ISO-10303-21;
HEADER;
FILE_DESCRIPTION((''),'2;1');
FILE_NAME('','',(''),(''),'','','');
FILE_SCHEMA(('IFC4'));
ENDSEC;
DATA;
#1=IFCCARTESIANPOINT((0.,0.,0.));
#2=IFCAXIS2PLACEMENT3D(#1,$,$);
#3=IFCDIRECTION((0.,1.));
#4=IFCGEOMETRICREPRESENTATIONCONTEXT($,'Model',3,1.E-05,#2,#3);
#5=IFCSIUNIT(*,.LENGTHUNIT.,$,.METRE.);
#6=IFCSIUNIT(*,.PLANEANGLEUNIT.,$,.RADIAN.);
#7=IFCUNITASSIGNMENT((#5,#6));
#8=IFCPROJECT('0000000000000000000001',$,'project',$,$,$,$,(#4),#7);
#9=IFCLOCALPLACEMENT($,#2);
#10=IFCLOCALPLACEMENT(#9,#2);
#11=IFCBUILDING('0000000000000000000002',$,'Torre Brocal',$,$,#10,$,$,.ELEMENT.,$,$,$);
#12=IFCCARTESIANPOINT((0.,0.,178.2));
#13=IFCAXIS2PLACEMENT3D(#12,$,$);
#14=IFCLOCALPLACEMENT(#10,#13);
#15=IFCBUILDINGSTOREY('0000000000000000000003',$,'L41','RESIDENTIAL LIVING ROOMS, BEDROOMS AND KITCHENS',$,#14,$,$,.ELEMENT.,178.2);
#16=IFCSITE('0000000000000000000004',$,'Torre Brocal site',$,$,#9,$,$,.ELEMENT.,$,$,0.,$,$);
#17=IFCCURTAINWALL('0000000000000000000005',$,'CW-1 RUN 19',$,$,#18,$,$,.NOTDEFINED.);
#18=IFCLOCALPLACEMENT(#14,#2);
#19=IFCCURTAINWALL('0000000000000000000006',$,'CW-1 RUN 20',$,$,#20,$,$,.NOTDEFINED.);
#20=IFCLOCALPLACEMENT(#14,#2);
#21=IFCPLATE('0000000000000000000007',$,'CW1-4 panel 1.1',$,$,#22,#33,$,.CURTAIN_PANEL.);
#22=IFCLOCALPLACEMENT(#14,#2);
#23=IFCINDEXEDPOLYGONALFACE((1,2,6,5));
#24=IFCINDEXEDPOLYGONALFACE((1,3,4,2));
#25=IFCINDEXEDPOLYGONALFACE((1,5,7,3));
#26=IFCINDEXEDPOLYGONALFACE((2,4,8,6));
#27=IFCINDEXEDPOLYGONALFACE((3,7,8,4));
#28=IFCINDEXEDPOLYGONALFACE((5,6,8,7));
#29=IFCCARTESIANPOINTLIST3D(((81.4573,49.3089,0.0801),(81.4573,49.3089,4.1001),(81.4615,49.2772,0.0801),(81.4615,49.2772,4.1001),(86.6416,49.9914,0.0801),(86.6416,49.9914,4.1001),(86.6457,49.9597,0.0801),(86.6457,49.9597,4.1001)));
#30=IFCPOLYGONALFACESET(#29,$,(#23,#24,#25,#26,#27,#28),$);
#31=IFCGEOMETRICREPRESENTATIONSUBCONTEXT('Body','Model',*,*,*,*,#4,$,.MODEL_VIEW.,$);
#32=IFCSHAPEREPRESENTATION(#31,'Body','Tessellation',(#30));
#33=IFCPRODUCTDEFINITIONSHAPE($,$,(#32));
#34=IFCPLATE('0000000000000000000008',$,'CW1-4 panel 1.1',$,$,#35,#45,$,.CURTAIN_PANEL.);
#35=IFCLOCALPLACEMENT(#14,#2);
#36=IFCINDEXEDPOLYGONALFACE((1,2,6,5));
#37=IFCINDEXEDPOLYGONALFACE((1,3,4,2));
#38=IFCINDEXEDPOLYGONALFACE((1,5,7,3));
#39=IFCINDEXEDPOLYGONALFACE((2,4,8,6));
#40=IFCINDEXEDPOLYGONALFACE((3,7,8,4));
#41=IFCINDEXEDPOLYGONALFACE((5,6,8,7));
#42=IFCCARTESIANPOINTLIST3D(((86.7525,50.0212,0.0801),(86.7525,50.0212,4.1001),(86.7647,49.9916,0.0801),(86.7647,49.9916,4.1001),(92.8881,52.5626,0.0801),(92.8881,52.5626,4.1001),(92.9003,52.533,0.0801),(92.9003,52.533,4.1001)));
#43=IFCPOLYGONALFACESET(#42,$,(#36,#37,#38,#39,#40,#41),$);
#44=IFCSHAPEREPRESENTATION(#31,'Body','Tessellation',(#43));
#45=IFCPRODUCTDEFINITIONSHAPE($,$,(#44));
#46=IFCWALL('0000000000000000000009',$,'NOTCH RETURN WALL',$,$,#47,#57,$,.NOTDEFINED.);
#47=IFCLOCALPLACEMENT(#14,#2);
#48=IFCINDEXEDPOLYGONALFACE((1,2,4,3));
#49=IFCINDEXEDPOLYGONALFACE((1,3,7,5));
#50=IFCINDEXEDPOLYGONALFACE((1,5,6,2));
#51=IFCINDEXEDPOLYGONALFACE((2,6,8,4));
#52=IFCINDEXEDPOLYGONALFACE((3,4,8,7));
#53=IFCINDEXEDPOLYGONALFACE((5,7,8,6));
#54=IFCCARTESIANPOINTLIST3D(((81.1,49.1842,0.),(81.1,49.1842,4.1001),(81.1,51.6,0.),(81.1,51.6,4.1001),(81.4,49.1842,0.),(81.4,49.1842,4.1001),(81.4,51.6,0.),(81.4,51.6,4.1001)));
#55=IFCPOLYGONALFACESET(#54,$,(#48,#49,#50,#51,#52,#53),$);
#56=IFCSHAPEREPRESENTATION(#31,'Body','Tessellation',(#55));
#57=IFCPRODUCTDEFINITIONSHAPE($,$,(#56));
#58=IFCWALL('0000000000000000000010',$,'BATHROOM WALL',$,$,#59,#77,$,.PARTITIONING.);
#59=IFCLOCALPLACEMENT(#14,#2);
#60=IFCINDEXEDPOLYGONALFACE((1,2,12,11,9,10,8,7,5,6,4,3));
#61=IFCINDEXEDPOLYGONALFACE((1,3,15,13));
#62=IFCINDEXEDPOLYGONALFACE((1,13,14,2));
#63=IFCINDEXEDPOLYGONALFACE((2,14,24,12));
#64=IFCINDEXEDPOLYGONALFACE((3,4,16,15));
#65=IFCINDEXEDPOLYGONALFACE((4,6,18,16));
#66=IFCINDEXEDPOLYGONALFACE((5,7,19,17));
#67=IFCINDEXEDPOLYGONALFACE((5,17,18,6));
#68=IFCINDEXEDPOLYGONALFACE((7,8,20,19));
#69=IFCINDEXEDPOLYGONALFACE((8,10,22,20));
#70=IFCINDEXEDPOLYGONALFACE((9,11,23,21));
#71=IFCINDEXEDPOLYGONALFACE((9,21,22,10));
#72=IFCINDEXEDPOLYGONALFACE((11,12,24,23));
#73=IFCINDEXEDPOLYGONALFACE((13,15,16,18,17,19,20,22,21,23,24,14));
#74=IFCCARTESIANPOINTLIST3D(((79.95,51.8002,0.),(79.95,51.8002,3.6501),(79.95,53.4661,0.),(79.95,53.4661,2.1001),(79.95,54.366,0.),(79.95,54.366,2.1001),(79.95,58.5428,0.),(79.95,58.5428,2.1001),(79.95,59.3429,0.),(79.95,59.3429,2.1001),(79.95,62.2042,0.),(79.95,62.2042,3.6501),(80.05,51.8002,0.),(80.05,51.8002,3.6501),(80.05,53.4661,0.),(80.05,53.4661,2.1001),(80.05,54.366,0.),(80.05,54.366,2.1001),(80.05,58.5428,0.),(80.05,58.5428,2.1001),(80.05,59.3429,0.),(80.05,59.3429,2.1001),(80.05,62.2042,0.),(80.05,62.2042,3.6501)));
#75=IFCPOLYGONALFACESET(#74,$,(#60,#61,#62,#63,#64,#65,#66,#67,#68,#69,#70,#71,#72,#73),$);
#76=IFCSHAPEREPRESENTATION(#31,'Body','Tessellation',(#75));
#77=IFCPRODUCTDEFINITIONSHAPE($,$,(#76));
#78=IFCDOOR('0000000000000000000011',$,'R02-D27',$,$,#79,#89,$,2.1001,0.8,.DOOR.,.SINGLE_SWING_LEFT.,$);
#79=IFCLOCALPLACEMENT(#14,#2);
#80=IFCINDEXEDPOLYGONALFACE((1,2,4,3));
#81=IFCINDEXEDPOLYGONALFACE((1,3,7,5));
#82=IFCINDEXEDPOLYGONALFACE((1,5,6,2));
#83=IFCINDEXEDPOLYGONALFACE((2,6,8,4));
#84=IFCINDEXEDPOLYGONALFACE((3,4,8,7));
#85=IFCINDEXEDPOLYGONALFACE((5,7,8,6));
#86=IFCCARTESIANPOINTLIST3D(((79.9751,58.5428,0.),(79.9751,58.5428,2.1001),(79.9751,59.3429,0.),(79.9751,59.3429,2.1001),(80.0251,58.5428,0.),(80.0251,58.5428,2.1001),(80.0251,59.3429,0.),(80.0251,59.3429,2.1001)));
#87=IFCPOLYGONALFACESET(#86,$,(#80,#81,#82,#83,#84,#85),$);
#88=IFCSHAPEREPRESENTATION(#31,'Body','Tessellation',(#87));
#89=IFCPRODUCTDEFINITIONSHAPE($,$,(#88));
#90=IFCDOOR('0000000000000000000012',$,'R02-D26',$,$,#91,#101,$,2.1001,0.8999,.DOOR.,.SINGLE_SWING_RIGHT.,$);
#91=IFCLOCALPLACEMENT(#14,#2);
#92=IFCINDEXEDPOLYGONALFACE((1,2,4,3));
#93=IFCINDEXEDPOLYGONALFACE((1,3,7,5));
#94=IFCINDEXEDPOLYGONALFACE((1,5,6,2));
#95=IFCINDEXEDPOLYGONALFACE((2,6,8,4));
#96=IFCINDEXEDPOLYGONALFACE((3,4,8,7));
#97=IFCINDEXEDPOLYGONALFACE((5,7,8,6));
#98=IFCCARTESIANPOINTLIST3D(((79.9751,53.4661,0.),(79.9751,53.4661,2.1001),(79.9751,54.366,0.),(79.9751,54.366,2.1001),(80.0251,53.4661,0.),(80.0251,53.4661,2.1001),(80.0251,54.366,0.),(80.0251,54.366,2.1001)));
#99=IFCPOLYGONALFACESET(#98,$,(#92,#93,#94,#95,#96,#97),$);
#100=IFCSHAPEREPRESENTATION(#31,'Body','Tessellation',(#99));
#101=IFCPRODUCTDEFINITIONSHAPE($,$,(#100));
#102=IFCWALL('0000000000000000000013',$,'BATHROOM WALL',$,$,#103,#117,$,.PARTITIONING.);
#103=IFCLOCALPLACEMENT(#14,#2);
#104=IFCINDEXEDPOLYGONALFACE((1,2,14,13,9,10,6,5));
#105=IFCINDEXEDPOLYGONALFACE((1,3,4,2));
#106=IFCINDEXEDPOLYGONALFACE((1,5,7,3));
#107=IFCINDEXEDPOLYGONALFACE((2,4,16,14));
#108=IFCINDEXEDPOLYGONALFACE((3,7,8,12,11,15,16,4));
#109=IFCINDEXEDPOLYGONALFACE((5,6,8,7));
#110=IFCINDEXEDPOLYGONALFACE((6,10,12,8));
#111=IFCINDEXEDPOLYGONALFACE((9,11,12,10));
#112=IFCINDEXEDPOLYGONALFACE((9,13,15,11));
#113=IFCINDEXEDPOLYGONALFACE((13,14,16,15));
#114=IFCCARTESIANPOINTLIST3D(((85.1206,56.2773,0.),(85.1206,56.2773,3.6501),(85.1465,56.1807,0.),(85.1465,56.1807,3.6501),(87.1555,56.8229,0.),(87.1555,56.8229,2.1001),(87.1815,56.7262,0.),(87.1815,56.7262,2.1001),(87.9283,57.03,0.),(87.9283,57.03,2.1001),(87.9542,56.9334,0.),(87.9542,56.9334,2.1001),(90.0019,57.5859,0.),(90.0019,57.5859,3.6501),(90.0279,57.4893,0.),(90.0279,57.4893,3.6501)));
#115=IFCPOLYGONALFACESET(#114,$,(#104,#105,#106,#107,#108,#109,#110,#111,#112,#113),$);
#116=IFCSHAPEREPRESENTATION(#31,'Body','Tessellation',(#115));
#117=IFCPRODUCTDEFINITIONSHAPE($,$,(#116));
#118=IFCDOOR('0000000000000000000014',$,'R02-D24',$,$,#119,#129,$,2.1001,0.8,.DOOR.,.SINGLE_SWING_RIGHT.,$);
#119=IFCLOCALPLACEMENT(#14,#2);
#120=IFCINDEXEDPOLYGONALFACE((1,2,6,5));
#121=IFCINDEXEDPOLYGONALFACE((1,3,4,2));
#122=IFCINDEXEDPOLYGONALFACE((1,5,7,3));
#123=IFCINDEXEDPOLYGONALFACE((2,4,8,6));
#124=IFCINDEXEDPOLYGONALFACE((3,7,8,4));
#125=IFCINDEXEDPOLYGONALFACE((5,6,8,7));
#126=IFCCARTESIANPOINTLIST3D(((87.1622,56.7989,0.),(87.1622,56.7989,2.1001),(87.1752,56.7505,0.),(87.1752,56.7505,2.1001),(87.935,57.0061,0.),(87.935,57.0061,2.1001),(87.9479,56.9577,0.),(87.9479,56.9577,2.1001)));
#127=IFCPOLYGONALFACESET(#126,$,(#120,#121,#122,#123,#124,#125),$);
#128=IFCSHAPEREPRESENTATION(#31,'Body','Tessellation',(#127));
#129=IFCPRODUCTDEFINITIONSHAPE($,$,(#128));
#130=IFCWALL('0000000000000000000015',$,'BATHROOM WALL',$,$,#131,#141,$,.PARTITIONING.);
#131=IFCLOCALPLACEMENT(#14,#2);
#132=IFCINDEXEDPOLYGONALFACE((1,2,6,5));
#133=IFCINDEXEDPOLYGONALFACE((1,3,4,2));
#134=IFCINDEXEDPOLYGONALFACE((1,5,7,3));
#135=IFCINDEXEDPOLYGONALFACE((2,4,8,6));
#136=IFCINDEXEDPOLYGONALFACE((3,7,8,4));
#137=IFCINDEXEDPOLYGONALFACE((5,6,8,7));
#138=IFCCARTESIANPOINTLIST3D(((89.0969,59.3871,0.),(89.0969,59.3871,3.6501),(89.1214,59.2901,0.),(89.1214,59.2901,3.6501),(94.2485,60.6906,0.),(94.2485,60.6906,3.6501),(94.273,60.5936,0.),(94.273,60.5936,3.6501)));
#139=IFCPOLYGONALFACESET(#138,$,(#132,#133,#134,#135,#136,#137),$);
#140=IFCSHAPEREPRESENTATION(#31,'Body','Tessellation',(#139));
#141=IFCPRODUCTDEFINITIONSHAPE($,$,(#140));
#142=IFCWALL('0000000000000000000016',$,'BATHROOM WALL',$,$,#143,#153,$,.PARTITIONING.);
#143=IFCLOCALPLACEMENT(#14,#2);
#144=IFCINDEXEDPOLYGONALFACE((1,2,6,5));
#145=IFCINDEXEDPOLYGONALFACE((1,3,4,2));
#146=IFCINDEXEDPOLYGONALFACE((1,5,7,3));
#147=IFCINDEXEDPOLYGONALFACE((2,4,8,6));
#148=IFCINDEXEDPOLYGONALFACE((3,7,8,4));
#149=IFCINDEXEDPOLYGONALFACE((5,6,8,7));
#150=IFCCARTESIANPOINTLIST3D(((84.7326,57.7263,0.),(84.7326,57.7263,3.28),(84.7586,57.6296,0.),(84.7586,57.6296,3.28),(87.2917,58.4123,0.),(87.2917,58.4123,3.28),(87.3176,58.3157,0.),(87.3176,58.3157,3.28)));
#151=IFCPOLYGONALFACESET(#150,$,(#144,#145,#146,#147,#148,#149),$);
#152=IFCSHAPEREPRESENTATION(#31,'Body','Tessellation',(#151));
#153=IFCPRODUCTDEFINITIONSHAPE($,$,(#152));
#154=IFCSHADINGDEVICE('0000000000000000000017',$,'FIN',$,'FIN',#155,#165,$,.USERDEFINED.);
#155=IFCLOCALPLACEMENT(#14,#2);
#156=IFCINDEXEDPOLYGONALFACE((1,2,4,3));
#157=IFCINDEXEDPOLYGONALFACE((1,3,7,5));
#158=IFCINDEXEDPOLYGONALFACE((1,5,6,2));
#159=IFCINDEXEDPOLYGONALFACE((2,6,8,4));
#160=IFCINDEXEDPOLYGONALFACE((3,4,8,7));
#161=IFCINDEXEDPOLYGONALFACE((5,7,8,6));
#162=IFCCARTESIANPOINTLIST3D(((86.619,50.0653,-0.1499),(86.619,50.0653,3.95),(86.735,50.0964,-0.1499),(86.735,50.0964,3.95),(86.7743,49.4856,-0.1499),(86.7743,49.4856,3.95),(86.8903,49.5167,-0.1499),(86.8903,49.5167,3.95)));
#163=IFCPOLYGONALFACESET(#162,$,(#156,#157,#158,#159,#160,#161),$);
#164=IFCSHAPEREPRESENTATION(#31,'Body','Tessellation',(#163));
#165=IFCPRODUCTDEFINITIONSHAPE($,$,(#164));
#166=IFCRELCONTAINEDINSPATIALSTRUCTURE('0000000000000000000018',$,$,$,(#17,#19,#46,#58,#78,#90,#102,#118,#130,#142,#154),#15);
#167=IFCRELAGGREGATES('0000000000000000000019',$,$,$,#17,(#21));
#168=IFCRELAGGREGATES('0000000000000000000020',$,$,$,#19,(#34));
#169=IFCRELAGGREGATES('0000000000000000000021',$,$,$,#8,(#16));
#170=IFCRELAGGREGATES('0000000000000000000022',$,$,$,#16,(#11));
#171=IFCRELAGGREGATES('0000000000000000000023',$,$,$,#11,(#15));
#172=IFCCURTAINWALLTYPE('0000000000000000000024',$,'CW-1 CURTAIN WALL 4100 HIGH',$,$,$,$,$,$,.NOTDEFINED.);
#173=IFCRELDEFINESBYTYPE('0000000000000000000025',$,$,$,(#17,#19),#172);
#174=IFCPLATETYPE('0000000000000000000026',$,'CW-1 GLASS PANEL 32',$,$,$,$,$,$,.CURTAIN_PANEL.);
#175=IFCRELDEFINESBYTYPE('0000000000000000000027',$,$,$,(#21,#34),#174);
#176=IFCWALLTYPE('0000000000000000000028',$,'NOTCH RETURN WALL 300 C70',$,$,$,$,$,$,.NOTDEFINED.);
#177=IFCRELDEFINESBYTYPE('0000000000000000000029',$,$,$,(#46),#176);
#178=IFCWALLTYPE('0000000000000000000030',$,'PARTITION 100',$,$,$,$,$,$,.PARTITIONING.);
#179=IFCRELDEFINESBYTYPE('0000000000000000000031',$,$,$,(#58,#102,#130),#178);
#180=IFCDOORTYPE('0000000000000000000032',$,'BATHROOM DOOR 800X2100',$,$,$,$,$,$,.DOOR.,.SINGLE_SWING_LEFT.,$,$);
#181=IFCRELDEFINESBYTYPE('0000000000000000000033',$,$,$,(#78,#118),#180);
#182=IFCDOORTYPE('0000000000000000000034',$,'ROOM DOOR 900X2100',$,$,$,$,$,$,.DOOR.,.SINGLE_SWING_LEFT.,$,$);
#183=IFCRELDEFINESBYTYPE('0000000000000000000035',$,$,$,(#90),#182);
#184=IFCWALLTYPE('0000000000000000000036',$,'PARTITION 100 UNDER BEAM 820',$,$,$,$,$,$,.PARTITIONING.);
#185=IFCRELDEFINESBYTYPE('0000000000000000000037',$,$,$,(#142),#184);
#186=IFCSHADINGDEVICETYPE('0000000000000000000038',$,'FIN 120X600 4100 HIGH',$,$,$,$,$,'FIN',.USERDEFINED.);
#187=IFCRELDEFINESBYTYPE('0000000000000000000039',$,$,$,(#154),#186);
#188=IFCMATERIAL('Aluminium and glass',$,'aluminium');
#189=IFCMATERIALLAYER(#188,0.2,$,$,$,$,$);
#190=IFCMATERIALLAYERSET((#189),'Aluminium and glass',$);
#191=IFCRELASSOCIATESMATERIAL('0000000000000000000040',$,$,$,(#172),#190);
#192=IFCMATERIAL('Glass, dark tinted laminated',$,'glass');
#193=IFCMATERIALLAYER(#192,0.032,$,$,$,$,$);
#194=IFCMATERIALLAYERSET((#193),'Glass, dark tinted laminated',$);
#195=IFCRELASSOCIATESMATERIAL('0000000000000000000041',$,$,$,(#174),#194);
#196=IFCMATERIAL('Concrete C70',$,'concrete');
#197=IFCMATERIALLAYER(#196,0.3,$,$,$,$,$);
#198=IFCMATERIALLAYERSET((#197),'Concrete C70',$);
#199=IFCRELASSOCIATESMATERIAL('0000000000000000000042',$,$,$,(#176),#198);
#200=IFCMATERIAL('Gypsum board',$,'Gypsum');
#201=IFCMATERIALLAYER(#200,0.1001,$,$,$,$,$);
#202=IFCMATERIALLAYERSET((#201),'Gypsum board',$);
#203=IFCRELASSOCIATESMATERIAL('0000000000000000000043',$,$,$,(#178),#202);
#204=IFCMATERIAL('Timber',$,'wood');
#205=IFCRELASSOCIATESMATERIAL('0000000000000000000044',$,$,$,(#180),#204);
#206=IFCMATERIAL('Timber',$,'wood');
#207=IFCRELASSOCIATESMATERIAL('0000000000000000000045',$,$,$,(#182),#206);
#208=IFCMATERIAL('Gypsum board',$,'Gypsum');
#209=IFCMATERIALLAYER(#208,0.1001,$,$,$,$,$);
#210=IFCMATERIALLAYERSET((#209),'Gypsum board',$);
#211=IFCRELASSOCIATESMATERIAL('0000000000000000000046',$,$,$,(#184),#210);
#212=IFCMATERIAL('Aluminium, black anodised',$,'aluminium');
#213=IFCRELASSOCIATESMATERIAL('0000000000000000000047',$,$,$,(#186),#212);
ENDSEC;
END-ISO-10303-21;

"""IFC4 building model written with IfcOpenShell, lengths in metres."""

from ifc_helpers import new_model, si_unit, direction, frame, frame_2d, origin, origin_2d, place, context, subcontext, project, spatial, rectangle, extrude, material, layer, layer_set, material_profile, profile_set, type_object, element, fill, aggregate, save


model = new_model("IFC4")

# Units and contexts
model_context = context("Model", 3, precision=1e-05, world=origin(), true_north=direction((0.0, 1.0)))
body_context = subcontext(model_context, "Body", "Model", "MODEL_VIEW")
ifc_project = project(units=[si_unit("LENGTHUNIT", "METRE"), si_unit("PLANEANGLEUNIT", "RADIAN")], contexts=[model_context])

# Site, building, storey
site_placement = place(None, origin())
site = spatial("IfcSite", under=ifc_project, at=site_placement, Name="Torre Brocal site", CompositionType="ELEMENT", RefElevation=0.0)
building_placement = place(site_placement, origin())
building = spatial("IfcBuilding", under=site, at=building_placement, Name="Torre Brocal", CompositionType="ELEMENT")
storey_placement = place(building_placement, frame((0.0, 0.0, 178.2)))
storey = spatial("IfcBuildingStorey", under=building, at=storey_placement, Name="L41", Description="RESIDENTIAL LIVING ROOMS, BEDROOMS AND KITCHENS", CompositionType="ELEMENT", Elevation=178.2)

# Curtain wall
ifc_material_1 = material(Name="Aluminium and glass", Category="aluminium")
ifc_layer_1 = layer(ifc_material_1, 0.2)
ifc_layer_set_1 = layer_set([ifc_layer_1], Name="Aluminium and glass")
curtain_wall_type = type_object("IfcCurtainWallType", Name="CW-1 CURTAIN WALL 4100 HIGH", PredefinedType="NOTDEFINED", material=ifc_layer_set_1)
curtain_wall_1_placement = place(storey_placement, origin())
curtain_wall_1 = element("IfcCurtainWall", 1, at=curtain_wall_1_placement, inside=storey, type_object=curtain_wall_type, Name="CW-1 RUN 19", PredefinedType="NOTDEFINED")

# Curtain wall
curtain_wall_2_placement = place(storey_placement, origin())
curtain_wall_2 = element("IfcCurtainWall", 2, at=curtain_wall_2_placement, inside=storey, type_object=curtain_wall_type, Name="CW-1 RUN 20", PredefinedType="NOTDEFINED")

# Plates
ifc_material_2 = material(Name="Glass, dark tinted laminated", Category="glass")
ifc_layer_2 = layer(ifc_material_2, 0.032)
ifc_layer_set_2 = layer_set([ifc_layer_2], Name="Glass, dark tinted laminated")
plate_type = type_object("IfcPlateType", Name="CW-1 GLASS PANEL 32", PredefinedType="CURTAIN_PANEL", material=ifc_layer_set_2)
plate_1_placement = place(storey_placement, frame((84.0515, 49.6343, 0.0801), z_axis=(0.0, 0.0, 1.0), x_axis=(0.991445, 0.130526, 0.0)))
plate_1 = element("IfcPlate", 3, at=plate_1_placement, type_object=plate_type, Name="CW1-4 panel 1.1", PredefinedType="CURTAIN_PANEL", context=body_context, shape_type="SweptSolid", body=[
    extrude(rectangle(XDim=5.229, YDim=0.032, at=origin_2d()), origin(), (0.0, 0.0, 1.0), 4.02),
])
aggregate(curtain_wall_1, [plate_1])
plate_2_placement = place(storey_placement, frame((89.8264, 51.2771, 0.0801), z_axis=(0.0, 0.0, 1.0), x_axis=(0.92388, 0.382683, 0.0)))
plate_2 = element("IfcPlate", 4, at=plate_2_placement, type_object=plate_type, Name="CW1-4 panel 1.1", PredefinedType="CURTAIN_PANEL", context=body_context, shape_type="SweptSolid", body=[
    extrude(rectangle(XDim=6.6411, YDim=0.032, at=origin_2d()), origin(), (0.0, 0.0, 1.0), 4.02),
])
aggregate(curtain_wall_2, [plate_2])

# Wall
ifc_material_3 = material(Name="Concrete C70", Category="concrete")
ifc_layer_3 = layer(ifc_material_3, 0.3)
ifc_layer_set_3 = layer_set([ifc_layer_3], Name="Concrete C70")
wall_type_1 = type_object("IfcWallType", Name="NOTCH RETURN WALL 300 C70", PredefinedType="NOTDEFINED", material=ifc_layer_set_3)
wall_1_placement = place(storey_placement, frame((81.25, 51.6001, 0.0), z_axis=(0.0, 0.0, 1.0), x_axis=(0.0, -1.0, 0.0)))
element("IfcWall", 5, at=wall_1_placement, inside=storey, type_object=wall_type_1, Name="NOTCH RETURN WALL", PredefinedType="NOTDEFINED", context=body_context, shape_type="SweptSolid", body=[
    extrude(rectangle(XDim=2.4158, YDim=0.3, at=frame_2d((1.208, 0.0))), origin(), (0.0, 0.0, 1.0), 4.1001),
])

# Wall, openings, doors
ifc_material_4 = material(Name="Gypsum board", Category="Gypsum")
ifc_layer_4 = layer(ifc_material_4, 0.1001)
ifc_layer_set_4 = layer_set([ifc_layer_4], Name="Gypsum board")
wall_type_2 = type_object("IfcWallType", Name="PARTITION 100", PredefinedType="PARTITIONING", material=ifc_layer_set_4)
wall_2_placement = place(storey_placement, frame((80.0, 51.8, 0.0), z_axis=(0.0, 0.0, 1.0), x_axis=(0.0, 1.0, 0.0)))
wall_2 = element("IfcWall", 6, at=wall_2_placement, inside=storey, type_object=wall_type_2, Name="BATHROOM WALL", PredefinedType="PARTITIONING", context=body_context, shape_type="SweptSolid", body=[
    extrude(rectangle(XDim=10.4041, YDim=0.1001, at=frame_2d((5.2021, 0.0))), origin(), (0.0, 0.0, 1.0), 3.6501),
])
opening_1_placement = place(wall_2_placement, frame((1.666, 0.0, 0.0)))
opening_1 = element("IfcOpeningElement", 7, at=opening_1_placement, cuts=wall_2, PredefinedType="OPENING", context=body_context, shape_type="SweptSolid", body=[
    extrude(rectangle(XDim=0.8999, YDim=2.1001, at=frame_2d((0.45, 1.05))), frame((0.0, 0.0601, 0.0), z_axis=(0.0, -1.0, 0.0), x_axis=(1.0, 0.0, 0.0)), (0.0, 0.0, 1.0), 0.1201),
])
opening_2_placement = place(wall_2_placement, frame((6.7429, 0.0, 0.0)))
opening_2 = element("IfcOpeningElement", 8, at=opening_2_placement, cuts=wall_2, PredefinedType="OPENING", context=body_context, shape_type="SweptSolid", body=[
    extrude(rectangle(XDim=0.8, YDim=2.1001, at=frame_2d((0.3999, 1.05))), frame((0.0, 0.0601, 0.0), z_axis=(0.0, -1.0, 0.0), x_axis=(1.0, 0.0, 0.0)), (0.0, 0.0, 1.0), 0.1201),
])
ifc_material_5 = material(Name="Timber", Category="wood")
door_type_1 = type_object("IfcDoorType", Name="BATHROOM DOOR 800X2100", OperationType="SINGLE_SWING_LEFT", PredefinedType="DOOR", material=ifc_material_5)
door_1_placement = place(opening_2_placement, origin())
door_1 = element("IfcDoor", 9, at=door_1_placement, inside=storey, type_object=door_type_1, Name="R02-D27", OperationType="SINGLE_SWING_LEFT", OverallHeight=2.1001, OverallWidth=0.8, PredefinedType="DOOR", context=body_context, shape_type="SweptSolid", body=[
    extrude(rectangle(XDim=0.8, YDim=2.1001, at=frame_2d((0.3999, 1.05))), frame((0.0, 0.0249, 0.0), z_axis=(0.0, -1.0, 0.0), x_axis=(1.0, 0.0, 0.0)), (0.0, 0.0, 1.0), 0.05),
])
fill(opening_2, door_1)
ifc_material_6 = material(Name="Timber", Category="wood")
door_type_2 = type_object("IfcDoorType", Name="ROOM DOOR 900X2100", OperationType="SINGLE_SWING_LEFT", PredefinedType="DOOR", material=ifc_material_6)
door_2_placement = place(opening_1_placement, origin())
door_2 = element("IfcDoor", 10, at=door_2_placement, inside=storey, type_object=door_type_2, Name="R02-D26", OperationType="SINGLE_SWING_RIGHT", OverallHeight=2.1001, OverallWidth=0.8999, PredefinedType="DOOR", context=body_context, shape_type="SweptSolid", body=[
    extrude(rectangle(XDim=0.8999, YDim=2.1001, at=frame_2d((0.45, 1.05))), frame((0.0, 0.0249, 0.0), z_axis=(0.0, -1.0, 0.0), x_axis=(1.0, 0.0, 0.0)), (0.0, 0.0, 1.0), 0.05),
])
fill(opening_1, door_2)

# Wall, opening, door
wall_3_placement = place(storey_placement, frame((85.1335, 56.229, 0.0), z_axis=(0.0, 0.0, 1.0), x_axis=(0.965894, 0.258937, 0.0)))
wall_3 = element("IfcWall", 11, at=wall_3_placement, inside=storey, type_object=wall_type_2, Name="BATHROOM WALL", PredefinedType="PARTITIONING", context=body_context, shape_type="SweptSolid", body=[
    extrude(rectangle(XDim=5.0537, YDim=0.1001, at=frame_2d((2.5269, 0.0))), origin(), (0.0, 0.0, 1.0), 3.6501),
])
opening_3_placement = place(wall_3_placement, frame((2.1069, 0.0, 0.0)))
opening_3 = element("IfcOpeningElement", 12, at=opening_3_placement, cuts=wall_3, PredefinedType="OPENING", context=body_context, shape_type="SweptSolid", body=[
    extrude(rectangle(XDim=0.8, YDim=2.1001, at=frame_2d((0.3999, 1.05))), frame((0.0, 0.0601, 0.0), z_axis=(0.0, -1.0, 0.0), x_axis=(1.0, 0.0, 0.0)), (0.0, 0.0, 1.0), 0.1201),
])
door_3_placement = place(opening_3_placement, frame((0.8, 0.0, 0.0), z_axis=(0.0, 0.0, 1.0), x_axis=(-1.0, 0.0, 0.0)))
door_3 = element("IfcDoor", 13, at=door_3_placement, inside=storey, type_object=door_type_1, Name="R02-D24", OperationType="SINGLE_SWING_RIGHT", OverallHeight=2.1001, OverallWidth=0.8, PredefinedType="DOOR", context=body_context, shape_type="SweptSolid", body=[
    extrude(rectangle(XDim=0.8, YDim=2.1001, at=frame_2d((0.3999, 1.05))), frame((0.0, 0.0249, 0.0), z_axis=(0.0, -1.0, 0.0), x_axis=(1.0, 0.0, 0.0)), (0.0, 0.0, 1.0), 0.05),
])
fill(opening_3, door_3)

# Walls
wall_4_placement = place(storey_placement, frame((89.1091, 59.3386, 0.0), z_axis=(0.0, 0.0, 1.0), x_axis=(0.969449, 0.245291, 0.0)))
element("IfcWall", 14, at=wall_4_placement, inside=storey, type_object=wall_type_2, Name="BATHROOM WALL", PredefinedType="PARTITIONING", context=body_context, shape_type="SweptSolid", body=[
    extrude(rectangle(XDim=5.314, YDim=0.1001, at=frame_2d((2.657, 0.0))), origin(), (0.0, 0.0, 1.0), 3.6501),
])
ifc_material_7 = material(Name="Gypsum board", Category="Gypsum")
ifc_layer_5 = layer(ifc_material_7, 0.1001)
ifc_layer_set_5 = layer_set([ifc_layer_5], Name="Gypsum board")
wall_type_3 = type_object("IfcWallType", Name="PARTITION 100 UNDER BEAM 820", PredefinedType="PARTITIONING", material=ifc_layer_set_5)
wall_5_placement = place(storey_placement, frame((84.7456, 57.678, 0.0), z_axis=(0.0, 0.0, 1.0), x_axis=(0.965895, 0.258936, 0.0)))
element("IfcWall", 15, at=wall_5_placement, inside=storey, type_object=wall_type_3, Name="BATHROOM WALL", PredefinedType="PARTITIONING", context=body_context, shape_type="SweptSolid", body=[
    extrude(rectangle(XDim=2.6494, YDim=0.1001, at=frame_2d((1.3247, 0.0))), origin(), (0.0, 0.0, 1.0), 3.28),
])

# Shading device
ifc_material_8 = material(Name="Aluminium, black anodised", Category="aluminium")
ifc_material_profile_1 = material_profile(ifc_material_8, rectangle(XDim=0.1201, YDim=0.6001, at=origin_2d()), Name="FIN 120X600 4100 HIGH")
ifc_profile_set_1 = profile_set([ifc_material_profile_1], Name="Aluminium, black anodised")
shading_device_type = type_object("IfcShadingDeviceType", Name="FIN 120X600 4100 HIGH", ElementType="FIN", PredefinedType="USERDEFINED", material=ifc_profile_set_1)
shading_device_placement = place(storey_placement, frame((86.7546, 49.791, -0.1499), z_axis=(0.0, 0.0, 1.0), x_axis=(0.965926, 0.258819, 0.0)))
element("IfcShadingDevice", 16, at=shading_device_placement, inside=storey, type_object=shading_device_type, Name="FIN", ObjectType="FIN", PredefinedType="USERDEFINED", context=body_context, shape_type="SweptSolid", body=[
    extrude(rectangle(XDim=0.1201, YDim=0.6001, at=origin_2d()), origin(), (0.0, 0.0, 1.0), 4.0999),
])

save(model, "model.ifc")
